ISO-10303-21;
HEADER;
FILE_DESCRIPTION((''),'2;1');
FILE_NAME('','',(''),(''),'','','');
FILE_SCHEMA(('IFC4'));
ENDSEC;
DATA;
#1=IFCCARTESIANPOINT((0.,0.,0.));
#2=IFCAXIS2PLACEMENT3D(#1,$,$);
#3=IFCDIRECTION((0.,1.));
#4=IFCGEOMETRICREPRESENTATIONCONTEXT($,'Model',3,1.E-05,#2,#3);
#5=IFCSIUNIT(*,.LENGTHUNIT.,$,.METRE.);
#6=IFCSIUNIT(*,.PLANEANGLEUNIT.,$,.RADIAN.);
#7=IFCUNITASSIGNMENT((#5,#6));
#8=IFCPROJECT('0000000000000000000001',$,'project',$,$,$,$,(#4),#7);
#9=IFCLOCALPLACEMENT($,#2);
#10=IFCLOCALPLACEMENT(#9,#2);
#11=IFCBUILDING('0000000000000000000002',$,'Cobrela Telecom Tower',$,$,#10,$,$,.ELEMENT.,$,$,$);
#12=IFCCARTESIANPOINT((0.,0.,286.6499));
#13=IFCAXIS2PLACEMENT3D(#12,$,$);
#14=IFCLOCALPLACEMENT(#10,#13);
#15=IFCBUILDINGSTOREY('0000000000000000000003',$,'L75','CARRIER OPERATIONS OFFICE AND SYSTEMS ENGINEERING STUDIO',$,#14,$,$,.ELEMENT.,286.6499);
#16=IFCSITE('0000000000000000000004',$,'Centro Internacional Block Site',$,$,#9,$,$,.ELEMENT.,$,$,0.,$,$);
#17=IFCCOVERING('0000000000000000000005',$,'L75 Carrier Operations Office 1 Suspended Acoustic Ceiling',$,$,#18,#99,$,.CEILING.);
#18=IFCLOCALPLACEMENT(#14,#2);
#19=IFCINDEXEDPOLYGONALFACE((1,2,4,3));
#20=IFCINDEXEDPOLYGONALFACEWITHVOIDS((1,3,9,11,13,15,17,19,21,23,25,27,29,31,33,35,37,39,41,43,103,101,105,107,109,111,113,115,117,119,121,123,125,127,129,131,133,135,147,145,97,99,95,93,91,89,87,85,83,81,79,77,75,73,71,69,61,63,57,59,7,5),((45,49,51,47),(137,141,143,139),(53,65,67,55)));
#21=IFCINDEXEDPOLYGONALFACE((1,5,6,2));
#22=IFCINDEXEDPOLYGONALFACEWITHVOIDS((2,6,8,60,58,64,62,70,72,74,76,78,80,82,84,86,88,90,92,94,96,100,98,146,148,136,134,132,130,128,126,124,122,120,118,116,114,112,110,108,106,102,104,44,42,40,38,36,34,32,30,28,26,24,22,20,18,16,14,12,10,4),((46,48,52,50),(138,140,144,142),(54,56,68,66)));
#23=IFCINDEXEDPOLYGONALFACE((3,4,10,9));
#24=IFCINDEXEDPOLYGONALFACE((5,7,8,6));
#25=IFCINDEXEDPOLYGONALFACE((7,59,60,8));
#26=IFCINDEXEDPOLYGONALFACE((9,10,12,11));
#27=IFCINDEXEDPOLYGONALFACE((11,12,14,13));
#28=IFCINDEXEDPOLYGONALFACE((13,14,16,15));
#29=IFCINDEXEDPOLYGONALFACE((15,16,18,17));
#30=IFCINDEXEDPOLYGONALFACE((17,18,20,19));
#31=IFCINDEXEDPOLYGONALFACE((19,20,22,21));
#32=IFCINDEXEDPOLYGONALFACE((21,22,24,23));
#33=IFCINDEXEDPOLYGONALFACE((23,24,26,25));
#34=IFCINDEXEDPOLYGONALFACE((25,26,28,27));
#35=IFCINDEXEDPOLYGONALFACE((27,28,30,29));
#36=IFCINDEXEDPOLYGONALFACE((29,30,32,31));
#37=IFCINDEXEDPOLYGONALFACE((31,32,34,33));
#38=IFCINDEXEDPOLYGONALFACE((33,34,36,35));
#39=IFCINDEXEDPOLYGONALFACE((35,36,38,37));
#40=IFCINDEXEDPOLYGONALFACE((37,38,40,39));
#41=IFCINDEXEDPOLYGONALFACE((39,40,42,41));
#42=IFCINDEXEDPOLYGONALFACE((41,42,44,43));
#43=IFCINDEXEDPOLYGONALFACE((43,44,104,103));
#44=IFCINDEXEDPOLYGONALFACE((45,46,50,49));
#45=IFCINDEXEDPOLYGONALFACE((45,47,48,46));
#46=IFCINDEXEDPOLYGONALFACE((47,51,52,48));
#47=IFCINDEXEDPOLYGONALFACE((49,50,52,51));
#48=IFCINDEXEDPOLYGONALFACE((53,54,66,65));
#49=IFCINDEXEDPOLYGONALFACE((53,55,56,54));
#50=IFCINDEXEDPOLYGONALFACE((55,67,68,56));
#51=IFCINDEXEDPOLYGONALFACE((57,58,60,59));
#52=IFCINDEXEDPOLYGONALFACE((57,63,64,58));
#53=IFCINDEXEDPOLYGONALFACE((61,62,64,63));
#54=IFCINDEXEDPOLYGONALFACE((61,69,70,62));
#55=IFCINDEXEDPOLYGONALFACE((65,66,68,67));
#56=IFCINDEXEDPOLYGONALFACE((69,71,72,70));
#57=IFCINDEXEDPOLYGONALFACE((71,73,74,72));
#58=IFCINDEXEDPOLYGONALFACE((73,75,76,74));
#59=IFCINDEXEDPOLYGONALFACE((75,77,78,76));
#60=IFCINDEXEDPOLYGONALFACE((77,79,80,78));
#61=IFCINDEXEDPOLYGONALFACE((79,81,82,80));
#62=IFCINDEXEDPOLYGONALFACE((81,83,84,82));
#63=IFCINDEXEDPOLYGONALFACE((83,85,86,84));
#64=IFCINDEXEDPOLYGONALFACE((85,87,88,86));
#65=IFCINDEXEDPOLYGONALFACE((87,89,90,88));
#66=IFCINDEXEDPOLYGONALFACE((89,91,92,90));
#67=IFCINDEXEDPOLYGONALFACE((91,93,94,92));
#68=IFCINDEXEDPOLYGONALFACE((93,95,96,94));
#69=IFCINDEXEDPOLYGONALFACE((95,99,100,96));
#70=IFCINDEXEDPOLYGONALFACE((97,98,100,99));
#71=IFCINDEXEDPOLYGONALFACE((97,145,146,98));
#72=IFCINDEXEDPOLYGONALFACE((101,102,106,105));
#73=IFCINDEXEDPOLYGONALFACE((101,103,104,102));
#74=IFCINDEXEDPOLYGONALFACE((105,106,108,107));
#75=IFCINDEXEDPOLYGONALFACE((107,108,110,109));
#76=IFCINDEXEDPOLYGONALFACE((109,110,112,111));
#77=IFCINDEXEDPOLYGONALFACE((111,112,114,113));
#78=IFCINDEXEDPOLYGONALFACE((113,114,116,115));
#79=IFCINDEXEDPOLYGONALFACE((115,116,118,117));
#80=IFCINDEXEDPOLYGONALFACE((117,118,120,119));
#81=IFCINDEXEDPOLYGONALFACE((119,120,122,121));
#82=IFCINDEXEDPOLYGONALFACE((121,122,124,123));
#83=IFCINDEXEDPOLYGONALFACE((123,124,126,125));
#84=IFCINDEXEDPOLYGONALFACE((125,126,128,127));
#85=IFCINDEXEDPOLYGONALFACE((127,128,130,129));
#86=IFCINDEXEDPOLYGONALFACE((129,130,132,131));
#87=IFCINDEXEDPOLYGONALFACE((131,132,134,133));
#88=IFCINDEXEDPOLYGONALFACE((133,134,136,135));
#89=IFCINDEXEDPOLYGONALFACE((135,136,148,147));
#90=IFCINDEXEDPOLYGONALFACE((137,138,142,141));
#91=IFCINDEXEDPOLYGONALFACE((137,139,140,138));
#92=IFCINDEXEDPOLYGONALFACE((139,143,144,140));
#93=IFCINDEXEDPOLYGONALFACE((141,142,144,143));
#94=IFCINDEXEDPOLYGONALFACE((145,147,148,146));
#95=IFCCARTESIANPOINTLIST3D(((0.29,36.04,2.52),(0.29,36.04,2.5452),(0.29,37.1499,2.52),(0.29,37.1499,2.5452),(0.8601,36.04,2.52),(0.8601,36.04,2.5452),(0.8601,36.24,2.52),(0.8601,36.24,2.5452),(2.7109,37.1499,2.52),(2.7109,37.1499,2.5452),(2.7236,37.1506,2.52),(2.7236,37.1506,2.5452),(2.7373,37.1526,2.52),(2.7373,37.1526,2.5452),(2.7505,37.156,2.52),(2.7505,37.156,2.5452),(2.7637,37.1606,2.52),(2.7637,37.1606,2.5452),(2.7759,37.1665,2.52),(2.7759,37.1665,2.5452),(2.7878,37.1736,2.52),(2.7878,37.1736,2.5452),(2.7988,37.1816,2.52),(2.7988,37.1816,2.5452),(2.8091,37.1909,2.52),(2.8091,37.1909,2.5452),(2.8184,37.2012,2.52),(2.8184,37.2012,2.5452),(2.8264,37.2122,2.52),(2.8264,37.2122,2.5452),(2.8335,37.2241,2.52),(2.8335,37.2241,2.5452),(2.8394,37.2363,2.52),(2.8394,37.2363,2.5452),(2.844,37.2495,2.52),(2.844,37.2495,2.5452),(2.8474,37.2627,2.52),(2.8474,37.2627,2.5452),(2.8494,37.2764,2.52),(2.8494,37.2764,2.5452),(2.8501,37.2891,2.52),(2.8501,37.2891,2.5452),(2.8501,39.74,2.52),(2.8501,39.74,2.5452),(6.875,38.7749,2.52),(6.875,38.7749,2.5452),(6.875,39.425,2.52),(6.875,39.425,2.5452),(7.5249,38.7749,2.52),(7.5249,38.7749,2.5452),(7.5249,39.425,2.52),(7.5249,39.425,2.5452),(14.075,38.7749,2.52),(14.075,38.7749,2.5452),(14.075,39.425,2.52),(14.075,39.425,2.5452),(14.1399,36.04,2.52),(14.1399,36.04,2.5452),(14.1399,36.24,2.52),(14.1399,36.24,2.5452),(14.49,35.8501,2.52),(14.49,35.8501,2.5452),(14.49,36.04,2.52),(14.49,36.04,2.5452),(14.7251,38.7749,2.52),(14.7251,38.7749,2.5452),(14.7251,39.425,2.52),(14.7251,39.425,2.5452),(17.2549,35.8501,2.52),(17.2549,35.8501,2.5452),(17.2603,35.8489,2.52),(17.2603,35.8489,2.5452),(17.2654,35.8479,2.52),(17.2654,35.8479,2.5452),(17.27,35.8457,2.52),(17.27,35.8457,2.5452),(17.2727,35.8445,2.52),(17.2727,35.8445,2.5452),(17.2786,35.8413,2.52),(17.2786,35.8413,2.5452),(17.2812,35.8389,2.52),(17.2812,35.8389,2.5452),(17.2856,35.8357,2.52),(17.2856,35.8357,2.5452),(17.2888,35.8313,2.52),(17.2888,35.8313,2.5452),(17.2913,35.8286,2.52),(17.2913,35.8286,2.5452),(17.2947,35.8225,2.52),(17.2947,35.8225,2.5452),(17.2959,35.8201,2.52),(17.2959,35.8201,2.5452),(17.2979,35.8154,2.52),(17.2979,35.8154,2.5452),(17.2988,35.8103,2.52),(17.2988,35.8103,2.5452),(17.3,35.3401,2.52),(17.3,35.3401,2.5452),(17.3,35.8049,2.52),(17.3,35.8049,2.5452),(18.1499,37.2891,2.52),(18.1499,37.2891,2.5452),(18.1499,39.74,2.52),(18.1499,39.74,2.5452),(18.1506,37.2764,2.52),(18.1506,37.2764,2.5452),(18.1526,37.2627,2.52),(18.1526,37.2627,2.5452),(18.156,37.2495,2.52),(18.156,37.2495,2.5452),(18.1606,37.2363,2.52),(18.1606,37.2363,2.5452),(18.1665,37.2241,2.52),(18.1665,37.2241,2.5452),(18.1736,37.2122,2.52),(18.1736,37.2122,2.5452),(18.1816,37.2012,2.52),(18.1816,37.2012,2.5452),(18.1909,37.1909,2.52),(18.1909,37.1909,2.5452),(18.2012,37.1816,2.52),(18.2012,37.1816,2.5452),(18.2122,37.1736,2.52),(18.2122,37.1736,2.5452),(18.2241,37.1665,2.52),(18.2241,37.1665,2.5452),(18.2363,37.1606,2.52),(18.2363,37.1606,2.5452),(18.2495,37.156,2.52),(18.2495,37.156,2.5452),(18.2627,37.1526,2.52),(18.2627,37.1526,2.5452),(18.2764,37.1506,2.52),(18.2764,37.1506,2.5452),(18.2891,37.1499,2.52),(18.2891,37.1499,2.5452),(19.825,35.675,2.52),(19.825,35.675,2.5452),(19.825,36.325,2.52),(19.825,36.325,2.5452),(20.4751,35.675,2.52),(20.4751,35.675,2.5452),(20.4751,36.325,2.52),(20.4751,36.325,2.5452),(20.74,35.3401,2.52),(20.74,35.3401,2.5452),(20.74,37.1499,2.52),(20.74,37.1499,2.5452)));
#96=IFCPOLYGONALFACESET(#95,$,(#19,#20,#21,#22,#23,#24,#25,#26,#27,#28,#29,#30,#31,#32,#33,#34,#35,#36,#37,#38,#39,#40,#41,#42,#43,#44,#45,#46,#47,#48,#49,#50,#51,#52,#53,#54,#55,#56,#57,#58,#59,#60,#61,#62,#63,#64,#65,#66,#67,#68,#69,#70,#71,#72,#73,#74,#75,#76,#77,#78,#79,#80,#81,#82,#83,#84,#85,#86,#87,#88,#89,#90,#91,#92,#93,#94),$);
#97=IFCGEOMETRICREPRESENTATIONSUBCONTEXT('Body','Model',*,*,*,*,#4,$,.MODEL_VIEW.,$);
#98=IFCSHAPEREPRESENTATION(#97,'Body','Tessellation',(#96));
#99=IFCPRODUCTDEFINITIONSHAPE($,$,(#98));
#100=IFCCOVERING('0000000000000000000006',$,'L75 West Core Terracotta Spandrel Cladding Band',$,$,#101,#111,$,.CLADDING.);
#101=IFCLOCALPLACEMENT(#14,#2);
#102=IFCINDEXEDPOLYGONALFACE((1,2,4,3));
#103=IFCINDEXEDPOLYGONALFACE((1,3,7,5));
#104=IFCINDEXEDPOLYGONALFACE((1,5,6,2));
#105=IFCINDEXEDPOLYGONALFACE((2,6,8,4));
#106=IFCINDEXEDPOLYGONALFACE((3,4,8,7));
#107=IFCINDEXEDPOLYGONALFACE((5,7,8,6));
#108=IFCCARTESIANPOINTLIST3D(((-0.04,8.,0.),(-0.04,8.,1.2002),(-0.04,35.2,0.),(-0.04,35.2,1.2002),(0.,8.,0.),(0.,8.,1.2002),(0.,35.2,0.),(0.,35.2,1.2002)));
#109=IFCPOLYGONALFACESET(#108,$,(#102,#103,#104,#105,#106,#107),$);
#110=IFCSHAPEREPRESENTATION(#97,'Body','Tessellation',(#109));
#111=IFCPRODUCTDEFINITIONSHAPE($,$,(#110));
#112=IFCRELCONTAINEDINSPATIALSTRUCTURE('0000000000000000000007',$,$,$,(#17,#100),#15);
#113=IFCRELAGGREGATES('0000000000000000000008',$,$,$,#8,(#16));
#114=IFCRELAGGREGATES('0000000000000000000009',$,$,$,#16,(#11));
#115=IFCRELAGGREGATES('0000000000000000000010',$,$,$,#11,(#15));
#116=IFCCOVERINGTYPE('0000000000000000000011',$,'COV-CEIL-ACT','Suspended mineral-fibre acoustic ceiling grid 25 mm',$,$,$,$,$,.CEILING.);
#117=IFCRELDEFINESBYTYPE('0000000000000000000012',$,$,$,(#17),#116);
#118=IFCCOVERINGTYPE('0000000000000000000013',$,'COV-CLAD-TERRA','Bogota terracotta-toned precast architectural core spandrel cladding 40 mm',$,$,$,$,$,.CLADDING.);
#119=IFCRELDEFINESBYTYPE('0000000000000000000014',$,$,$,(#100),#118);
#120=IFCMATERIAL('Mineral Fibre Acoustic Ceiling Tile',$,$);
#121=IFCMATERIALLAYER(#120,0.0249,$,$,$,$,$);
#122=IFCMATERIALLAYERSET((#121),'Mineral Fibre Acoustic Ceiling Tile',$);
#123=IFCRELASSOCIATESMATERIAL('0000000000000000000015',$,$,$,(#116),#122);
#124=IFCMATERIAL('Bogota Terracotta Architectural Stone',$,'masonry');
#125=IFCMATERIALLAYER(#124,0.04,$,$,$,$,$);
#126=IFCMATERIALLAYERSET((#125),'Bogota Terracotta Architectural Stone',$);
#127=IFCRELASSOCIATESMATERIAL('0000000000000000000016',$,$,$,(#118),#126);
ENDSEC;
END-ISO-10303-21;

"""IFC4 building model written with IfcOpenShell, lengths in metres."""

from ifc_helpers import new_model, si_unit, direction, frame, origin, place, context, subcontext, project, spatial, polyline, outline, extrude, material, layer, layer_set, type_object, element, save


model = new_model("IFC4")

# Units and contexts
model_context = context("Model", 3, precision=1e-05, world=origin(), true_north=direction((0.0, 1.0)))
body_context = subcontext(model_context, "Body", "Model", "MODEL_VIEW")
ifc_project = project(units=[si_unit("LENGTHUNIT", "METRE"), si_unit("PLANEANGLEUNIT", "RADIAN")], contexts=[model_context])

# Site, building, storey
site_placement = place(None, origin())
site = spatial("IfcSite", under=ifc_project, at=site_placement, Name="Centro Internacional Block Site", CompositionType="ELEMENT", RefElevation=0.0)
building_placement = place(site_placement, origin())
building = spatial("IfcBuilding", under=site, at=building_placement, Name="Cobrela Telecom Tower", CompositionType="ELEMENT")
storey_placement = place(building_placement, frame((0.0, 0.0, 286.6499)))
storey = spatial("IfcBuildingStorey", under=building, at=storey_placement, Name="L75", Description="CARRIER OPERATIONS OFFICE AND SYSTEMS ENGINEERING STUDIO", CompositionType="ELEMENT", Elevation=286.6499)

# Coverings
ifc_material_1 = material(Name="Mineral Fibre Acoustic Ceiling Tile")
ifc_layer_1 = layer(ifc_material_1, 0.0249)
ifc_layer_set_1 = layer_set([ifc_layer_1], Name="Mineral Fibre Acoustic Ceiling Tile")
covering_type_1 = type_object("IfcCoveringType", Name="COV-CEIL-ACT", Description="Suspended mineral-fibre acoustic ceiling grid 25 mm", PredefinedType="CEILING", material=ifc_layer_set_1)
covering_1_placement = place(storey_placement, frame((0.0, 0.0, 2.52)))
element("IfcCovering", 1, at=covering_1_placement, inside=storey, type_object=covering_type_1, Name="L75 Carrier Operations Office 1 Suspended Acoustic Ceiling", PredefinedType="CEILING", context=body_context, shape_type="SweptSolid", body=[
    extrude(outline(polyline([(14.1399, 36.24), (0.8601, 36.24), (0.8601, 36.04), (0.29, 36.04), (0.29, 37.1499), (2.7109, 37.1499), (2.7236, 37.1506), (2.7373, 37.1526), (2.7505, 37.156), (2.7637, 37.1606), (2.7759, 37.1665), (2.7878, 37.1736), (2.7988, 37.1816), (2.8091, 37.1909), (2.8184, 37.2012), (2.8264, 37.2122), (2.8335, 37.2241), (2.8394, 37.2363), (2.844, 37.2495), (2.8474, 37.2627), (2.8494, 37.2764), (2.8501, 37.2891), (2.8501, 39.74), (18.1499, 39.74), (18.1499, 37.2891), (18.1506, 37.2764), (18.1526, 37.2627), (18.156, 37.2495), (18.1606, 37.2363), (18.1665, 37.2241), (18.1736, 37.2122), (18.1816, 37.2012), (18.1909, 37.1909), (18.2012, 37.1816), (18.2122, 37.1736), (18.2241, 37.1665), (18.2363, 37.1606), (18.2495, 37.156), (18.2627, 37.1526), (18.2764, 37.1506), (18.2891, 37.1499), (20.74, 37.1499), (20.74, 35.3401), (17.3, 35.3401), (17.3, 35.8049), (17.2988, 35.8103), (17.2979, 35.8154), (17.2959, 35.8201), (17.2947, 35.8225), (17.2913, 35.8286), (17.2888, 35.8313), (17.2856, 35.8357), (17.2812, 35.8389), (17.2786, 35.8413), (17.2727, 35.8445), (17.27, 35.8457), (17.2654, 35.8479), (17.2603, 35.8489), (17.2549, 35.8501), (14.49, 35.8501), (14.49, 36.04), (14.1399, 36.04), (14.1399, 36.24)]), holes=[polyline([(20.4751, 36.325), (19.825, 36.325), (19.825, 35.675), (20.4751, 35.675), (20.4751, 36.325)]), polyline([(7.5249, 39.425), (6.875, 39.425), (6.875, 38.7749), (7.5249, 38.7749), (7.5249, 39.425)]), polyline([(14.7251, 39.425), (14.075, 39.425), (14.075, 38.7749), (14.7251, 38.7749), (14.7251, 39.425)])]), origin(), (0.0, 0.0, 1.0), 0.0251),
])
ifc_material_2 = material(Name="Bogota Terracotta Architectural Stone", Category="masonry")
ifc_layer_2 = layer(ifc_material_2, 0.04)
ifc_layer_set_2 = layer_set([ifc_layer_2], Name="Bogota Terracotta Architectural Stone")
covering_type_2 = type_object("IfcCoveringType", Name="COV-CLAD-TERRA", Description="Bogota terracotta-toned precast architectural core spandrel cladding 40 mm", PredefinedType="CLADDING", material=ifc_layer_set_2)
covering_2_placement = place(storey_placement, origin())
element("IfcCovering", 2, at=covering_2_placement, inside=storey, type_object=covering_type_2, Name="L75 West Core Terracotta Spandrel Cladding Band", PredefinedType="CLADDING", context=body_context, shape_type="SweptSolid", body=[
    extrude(outline(polyline([(-0.04, 8.0), (0.0, 8.0), (0.0, 35.2), (-0.04, 35.2), (-0.04, 8.0)])), origin(), (0.0, 0.0, 1.0), 1.2002),
])

save(model, "model.ifc")
